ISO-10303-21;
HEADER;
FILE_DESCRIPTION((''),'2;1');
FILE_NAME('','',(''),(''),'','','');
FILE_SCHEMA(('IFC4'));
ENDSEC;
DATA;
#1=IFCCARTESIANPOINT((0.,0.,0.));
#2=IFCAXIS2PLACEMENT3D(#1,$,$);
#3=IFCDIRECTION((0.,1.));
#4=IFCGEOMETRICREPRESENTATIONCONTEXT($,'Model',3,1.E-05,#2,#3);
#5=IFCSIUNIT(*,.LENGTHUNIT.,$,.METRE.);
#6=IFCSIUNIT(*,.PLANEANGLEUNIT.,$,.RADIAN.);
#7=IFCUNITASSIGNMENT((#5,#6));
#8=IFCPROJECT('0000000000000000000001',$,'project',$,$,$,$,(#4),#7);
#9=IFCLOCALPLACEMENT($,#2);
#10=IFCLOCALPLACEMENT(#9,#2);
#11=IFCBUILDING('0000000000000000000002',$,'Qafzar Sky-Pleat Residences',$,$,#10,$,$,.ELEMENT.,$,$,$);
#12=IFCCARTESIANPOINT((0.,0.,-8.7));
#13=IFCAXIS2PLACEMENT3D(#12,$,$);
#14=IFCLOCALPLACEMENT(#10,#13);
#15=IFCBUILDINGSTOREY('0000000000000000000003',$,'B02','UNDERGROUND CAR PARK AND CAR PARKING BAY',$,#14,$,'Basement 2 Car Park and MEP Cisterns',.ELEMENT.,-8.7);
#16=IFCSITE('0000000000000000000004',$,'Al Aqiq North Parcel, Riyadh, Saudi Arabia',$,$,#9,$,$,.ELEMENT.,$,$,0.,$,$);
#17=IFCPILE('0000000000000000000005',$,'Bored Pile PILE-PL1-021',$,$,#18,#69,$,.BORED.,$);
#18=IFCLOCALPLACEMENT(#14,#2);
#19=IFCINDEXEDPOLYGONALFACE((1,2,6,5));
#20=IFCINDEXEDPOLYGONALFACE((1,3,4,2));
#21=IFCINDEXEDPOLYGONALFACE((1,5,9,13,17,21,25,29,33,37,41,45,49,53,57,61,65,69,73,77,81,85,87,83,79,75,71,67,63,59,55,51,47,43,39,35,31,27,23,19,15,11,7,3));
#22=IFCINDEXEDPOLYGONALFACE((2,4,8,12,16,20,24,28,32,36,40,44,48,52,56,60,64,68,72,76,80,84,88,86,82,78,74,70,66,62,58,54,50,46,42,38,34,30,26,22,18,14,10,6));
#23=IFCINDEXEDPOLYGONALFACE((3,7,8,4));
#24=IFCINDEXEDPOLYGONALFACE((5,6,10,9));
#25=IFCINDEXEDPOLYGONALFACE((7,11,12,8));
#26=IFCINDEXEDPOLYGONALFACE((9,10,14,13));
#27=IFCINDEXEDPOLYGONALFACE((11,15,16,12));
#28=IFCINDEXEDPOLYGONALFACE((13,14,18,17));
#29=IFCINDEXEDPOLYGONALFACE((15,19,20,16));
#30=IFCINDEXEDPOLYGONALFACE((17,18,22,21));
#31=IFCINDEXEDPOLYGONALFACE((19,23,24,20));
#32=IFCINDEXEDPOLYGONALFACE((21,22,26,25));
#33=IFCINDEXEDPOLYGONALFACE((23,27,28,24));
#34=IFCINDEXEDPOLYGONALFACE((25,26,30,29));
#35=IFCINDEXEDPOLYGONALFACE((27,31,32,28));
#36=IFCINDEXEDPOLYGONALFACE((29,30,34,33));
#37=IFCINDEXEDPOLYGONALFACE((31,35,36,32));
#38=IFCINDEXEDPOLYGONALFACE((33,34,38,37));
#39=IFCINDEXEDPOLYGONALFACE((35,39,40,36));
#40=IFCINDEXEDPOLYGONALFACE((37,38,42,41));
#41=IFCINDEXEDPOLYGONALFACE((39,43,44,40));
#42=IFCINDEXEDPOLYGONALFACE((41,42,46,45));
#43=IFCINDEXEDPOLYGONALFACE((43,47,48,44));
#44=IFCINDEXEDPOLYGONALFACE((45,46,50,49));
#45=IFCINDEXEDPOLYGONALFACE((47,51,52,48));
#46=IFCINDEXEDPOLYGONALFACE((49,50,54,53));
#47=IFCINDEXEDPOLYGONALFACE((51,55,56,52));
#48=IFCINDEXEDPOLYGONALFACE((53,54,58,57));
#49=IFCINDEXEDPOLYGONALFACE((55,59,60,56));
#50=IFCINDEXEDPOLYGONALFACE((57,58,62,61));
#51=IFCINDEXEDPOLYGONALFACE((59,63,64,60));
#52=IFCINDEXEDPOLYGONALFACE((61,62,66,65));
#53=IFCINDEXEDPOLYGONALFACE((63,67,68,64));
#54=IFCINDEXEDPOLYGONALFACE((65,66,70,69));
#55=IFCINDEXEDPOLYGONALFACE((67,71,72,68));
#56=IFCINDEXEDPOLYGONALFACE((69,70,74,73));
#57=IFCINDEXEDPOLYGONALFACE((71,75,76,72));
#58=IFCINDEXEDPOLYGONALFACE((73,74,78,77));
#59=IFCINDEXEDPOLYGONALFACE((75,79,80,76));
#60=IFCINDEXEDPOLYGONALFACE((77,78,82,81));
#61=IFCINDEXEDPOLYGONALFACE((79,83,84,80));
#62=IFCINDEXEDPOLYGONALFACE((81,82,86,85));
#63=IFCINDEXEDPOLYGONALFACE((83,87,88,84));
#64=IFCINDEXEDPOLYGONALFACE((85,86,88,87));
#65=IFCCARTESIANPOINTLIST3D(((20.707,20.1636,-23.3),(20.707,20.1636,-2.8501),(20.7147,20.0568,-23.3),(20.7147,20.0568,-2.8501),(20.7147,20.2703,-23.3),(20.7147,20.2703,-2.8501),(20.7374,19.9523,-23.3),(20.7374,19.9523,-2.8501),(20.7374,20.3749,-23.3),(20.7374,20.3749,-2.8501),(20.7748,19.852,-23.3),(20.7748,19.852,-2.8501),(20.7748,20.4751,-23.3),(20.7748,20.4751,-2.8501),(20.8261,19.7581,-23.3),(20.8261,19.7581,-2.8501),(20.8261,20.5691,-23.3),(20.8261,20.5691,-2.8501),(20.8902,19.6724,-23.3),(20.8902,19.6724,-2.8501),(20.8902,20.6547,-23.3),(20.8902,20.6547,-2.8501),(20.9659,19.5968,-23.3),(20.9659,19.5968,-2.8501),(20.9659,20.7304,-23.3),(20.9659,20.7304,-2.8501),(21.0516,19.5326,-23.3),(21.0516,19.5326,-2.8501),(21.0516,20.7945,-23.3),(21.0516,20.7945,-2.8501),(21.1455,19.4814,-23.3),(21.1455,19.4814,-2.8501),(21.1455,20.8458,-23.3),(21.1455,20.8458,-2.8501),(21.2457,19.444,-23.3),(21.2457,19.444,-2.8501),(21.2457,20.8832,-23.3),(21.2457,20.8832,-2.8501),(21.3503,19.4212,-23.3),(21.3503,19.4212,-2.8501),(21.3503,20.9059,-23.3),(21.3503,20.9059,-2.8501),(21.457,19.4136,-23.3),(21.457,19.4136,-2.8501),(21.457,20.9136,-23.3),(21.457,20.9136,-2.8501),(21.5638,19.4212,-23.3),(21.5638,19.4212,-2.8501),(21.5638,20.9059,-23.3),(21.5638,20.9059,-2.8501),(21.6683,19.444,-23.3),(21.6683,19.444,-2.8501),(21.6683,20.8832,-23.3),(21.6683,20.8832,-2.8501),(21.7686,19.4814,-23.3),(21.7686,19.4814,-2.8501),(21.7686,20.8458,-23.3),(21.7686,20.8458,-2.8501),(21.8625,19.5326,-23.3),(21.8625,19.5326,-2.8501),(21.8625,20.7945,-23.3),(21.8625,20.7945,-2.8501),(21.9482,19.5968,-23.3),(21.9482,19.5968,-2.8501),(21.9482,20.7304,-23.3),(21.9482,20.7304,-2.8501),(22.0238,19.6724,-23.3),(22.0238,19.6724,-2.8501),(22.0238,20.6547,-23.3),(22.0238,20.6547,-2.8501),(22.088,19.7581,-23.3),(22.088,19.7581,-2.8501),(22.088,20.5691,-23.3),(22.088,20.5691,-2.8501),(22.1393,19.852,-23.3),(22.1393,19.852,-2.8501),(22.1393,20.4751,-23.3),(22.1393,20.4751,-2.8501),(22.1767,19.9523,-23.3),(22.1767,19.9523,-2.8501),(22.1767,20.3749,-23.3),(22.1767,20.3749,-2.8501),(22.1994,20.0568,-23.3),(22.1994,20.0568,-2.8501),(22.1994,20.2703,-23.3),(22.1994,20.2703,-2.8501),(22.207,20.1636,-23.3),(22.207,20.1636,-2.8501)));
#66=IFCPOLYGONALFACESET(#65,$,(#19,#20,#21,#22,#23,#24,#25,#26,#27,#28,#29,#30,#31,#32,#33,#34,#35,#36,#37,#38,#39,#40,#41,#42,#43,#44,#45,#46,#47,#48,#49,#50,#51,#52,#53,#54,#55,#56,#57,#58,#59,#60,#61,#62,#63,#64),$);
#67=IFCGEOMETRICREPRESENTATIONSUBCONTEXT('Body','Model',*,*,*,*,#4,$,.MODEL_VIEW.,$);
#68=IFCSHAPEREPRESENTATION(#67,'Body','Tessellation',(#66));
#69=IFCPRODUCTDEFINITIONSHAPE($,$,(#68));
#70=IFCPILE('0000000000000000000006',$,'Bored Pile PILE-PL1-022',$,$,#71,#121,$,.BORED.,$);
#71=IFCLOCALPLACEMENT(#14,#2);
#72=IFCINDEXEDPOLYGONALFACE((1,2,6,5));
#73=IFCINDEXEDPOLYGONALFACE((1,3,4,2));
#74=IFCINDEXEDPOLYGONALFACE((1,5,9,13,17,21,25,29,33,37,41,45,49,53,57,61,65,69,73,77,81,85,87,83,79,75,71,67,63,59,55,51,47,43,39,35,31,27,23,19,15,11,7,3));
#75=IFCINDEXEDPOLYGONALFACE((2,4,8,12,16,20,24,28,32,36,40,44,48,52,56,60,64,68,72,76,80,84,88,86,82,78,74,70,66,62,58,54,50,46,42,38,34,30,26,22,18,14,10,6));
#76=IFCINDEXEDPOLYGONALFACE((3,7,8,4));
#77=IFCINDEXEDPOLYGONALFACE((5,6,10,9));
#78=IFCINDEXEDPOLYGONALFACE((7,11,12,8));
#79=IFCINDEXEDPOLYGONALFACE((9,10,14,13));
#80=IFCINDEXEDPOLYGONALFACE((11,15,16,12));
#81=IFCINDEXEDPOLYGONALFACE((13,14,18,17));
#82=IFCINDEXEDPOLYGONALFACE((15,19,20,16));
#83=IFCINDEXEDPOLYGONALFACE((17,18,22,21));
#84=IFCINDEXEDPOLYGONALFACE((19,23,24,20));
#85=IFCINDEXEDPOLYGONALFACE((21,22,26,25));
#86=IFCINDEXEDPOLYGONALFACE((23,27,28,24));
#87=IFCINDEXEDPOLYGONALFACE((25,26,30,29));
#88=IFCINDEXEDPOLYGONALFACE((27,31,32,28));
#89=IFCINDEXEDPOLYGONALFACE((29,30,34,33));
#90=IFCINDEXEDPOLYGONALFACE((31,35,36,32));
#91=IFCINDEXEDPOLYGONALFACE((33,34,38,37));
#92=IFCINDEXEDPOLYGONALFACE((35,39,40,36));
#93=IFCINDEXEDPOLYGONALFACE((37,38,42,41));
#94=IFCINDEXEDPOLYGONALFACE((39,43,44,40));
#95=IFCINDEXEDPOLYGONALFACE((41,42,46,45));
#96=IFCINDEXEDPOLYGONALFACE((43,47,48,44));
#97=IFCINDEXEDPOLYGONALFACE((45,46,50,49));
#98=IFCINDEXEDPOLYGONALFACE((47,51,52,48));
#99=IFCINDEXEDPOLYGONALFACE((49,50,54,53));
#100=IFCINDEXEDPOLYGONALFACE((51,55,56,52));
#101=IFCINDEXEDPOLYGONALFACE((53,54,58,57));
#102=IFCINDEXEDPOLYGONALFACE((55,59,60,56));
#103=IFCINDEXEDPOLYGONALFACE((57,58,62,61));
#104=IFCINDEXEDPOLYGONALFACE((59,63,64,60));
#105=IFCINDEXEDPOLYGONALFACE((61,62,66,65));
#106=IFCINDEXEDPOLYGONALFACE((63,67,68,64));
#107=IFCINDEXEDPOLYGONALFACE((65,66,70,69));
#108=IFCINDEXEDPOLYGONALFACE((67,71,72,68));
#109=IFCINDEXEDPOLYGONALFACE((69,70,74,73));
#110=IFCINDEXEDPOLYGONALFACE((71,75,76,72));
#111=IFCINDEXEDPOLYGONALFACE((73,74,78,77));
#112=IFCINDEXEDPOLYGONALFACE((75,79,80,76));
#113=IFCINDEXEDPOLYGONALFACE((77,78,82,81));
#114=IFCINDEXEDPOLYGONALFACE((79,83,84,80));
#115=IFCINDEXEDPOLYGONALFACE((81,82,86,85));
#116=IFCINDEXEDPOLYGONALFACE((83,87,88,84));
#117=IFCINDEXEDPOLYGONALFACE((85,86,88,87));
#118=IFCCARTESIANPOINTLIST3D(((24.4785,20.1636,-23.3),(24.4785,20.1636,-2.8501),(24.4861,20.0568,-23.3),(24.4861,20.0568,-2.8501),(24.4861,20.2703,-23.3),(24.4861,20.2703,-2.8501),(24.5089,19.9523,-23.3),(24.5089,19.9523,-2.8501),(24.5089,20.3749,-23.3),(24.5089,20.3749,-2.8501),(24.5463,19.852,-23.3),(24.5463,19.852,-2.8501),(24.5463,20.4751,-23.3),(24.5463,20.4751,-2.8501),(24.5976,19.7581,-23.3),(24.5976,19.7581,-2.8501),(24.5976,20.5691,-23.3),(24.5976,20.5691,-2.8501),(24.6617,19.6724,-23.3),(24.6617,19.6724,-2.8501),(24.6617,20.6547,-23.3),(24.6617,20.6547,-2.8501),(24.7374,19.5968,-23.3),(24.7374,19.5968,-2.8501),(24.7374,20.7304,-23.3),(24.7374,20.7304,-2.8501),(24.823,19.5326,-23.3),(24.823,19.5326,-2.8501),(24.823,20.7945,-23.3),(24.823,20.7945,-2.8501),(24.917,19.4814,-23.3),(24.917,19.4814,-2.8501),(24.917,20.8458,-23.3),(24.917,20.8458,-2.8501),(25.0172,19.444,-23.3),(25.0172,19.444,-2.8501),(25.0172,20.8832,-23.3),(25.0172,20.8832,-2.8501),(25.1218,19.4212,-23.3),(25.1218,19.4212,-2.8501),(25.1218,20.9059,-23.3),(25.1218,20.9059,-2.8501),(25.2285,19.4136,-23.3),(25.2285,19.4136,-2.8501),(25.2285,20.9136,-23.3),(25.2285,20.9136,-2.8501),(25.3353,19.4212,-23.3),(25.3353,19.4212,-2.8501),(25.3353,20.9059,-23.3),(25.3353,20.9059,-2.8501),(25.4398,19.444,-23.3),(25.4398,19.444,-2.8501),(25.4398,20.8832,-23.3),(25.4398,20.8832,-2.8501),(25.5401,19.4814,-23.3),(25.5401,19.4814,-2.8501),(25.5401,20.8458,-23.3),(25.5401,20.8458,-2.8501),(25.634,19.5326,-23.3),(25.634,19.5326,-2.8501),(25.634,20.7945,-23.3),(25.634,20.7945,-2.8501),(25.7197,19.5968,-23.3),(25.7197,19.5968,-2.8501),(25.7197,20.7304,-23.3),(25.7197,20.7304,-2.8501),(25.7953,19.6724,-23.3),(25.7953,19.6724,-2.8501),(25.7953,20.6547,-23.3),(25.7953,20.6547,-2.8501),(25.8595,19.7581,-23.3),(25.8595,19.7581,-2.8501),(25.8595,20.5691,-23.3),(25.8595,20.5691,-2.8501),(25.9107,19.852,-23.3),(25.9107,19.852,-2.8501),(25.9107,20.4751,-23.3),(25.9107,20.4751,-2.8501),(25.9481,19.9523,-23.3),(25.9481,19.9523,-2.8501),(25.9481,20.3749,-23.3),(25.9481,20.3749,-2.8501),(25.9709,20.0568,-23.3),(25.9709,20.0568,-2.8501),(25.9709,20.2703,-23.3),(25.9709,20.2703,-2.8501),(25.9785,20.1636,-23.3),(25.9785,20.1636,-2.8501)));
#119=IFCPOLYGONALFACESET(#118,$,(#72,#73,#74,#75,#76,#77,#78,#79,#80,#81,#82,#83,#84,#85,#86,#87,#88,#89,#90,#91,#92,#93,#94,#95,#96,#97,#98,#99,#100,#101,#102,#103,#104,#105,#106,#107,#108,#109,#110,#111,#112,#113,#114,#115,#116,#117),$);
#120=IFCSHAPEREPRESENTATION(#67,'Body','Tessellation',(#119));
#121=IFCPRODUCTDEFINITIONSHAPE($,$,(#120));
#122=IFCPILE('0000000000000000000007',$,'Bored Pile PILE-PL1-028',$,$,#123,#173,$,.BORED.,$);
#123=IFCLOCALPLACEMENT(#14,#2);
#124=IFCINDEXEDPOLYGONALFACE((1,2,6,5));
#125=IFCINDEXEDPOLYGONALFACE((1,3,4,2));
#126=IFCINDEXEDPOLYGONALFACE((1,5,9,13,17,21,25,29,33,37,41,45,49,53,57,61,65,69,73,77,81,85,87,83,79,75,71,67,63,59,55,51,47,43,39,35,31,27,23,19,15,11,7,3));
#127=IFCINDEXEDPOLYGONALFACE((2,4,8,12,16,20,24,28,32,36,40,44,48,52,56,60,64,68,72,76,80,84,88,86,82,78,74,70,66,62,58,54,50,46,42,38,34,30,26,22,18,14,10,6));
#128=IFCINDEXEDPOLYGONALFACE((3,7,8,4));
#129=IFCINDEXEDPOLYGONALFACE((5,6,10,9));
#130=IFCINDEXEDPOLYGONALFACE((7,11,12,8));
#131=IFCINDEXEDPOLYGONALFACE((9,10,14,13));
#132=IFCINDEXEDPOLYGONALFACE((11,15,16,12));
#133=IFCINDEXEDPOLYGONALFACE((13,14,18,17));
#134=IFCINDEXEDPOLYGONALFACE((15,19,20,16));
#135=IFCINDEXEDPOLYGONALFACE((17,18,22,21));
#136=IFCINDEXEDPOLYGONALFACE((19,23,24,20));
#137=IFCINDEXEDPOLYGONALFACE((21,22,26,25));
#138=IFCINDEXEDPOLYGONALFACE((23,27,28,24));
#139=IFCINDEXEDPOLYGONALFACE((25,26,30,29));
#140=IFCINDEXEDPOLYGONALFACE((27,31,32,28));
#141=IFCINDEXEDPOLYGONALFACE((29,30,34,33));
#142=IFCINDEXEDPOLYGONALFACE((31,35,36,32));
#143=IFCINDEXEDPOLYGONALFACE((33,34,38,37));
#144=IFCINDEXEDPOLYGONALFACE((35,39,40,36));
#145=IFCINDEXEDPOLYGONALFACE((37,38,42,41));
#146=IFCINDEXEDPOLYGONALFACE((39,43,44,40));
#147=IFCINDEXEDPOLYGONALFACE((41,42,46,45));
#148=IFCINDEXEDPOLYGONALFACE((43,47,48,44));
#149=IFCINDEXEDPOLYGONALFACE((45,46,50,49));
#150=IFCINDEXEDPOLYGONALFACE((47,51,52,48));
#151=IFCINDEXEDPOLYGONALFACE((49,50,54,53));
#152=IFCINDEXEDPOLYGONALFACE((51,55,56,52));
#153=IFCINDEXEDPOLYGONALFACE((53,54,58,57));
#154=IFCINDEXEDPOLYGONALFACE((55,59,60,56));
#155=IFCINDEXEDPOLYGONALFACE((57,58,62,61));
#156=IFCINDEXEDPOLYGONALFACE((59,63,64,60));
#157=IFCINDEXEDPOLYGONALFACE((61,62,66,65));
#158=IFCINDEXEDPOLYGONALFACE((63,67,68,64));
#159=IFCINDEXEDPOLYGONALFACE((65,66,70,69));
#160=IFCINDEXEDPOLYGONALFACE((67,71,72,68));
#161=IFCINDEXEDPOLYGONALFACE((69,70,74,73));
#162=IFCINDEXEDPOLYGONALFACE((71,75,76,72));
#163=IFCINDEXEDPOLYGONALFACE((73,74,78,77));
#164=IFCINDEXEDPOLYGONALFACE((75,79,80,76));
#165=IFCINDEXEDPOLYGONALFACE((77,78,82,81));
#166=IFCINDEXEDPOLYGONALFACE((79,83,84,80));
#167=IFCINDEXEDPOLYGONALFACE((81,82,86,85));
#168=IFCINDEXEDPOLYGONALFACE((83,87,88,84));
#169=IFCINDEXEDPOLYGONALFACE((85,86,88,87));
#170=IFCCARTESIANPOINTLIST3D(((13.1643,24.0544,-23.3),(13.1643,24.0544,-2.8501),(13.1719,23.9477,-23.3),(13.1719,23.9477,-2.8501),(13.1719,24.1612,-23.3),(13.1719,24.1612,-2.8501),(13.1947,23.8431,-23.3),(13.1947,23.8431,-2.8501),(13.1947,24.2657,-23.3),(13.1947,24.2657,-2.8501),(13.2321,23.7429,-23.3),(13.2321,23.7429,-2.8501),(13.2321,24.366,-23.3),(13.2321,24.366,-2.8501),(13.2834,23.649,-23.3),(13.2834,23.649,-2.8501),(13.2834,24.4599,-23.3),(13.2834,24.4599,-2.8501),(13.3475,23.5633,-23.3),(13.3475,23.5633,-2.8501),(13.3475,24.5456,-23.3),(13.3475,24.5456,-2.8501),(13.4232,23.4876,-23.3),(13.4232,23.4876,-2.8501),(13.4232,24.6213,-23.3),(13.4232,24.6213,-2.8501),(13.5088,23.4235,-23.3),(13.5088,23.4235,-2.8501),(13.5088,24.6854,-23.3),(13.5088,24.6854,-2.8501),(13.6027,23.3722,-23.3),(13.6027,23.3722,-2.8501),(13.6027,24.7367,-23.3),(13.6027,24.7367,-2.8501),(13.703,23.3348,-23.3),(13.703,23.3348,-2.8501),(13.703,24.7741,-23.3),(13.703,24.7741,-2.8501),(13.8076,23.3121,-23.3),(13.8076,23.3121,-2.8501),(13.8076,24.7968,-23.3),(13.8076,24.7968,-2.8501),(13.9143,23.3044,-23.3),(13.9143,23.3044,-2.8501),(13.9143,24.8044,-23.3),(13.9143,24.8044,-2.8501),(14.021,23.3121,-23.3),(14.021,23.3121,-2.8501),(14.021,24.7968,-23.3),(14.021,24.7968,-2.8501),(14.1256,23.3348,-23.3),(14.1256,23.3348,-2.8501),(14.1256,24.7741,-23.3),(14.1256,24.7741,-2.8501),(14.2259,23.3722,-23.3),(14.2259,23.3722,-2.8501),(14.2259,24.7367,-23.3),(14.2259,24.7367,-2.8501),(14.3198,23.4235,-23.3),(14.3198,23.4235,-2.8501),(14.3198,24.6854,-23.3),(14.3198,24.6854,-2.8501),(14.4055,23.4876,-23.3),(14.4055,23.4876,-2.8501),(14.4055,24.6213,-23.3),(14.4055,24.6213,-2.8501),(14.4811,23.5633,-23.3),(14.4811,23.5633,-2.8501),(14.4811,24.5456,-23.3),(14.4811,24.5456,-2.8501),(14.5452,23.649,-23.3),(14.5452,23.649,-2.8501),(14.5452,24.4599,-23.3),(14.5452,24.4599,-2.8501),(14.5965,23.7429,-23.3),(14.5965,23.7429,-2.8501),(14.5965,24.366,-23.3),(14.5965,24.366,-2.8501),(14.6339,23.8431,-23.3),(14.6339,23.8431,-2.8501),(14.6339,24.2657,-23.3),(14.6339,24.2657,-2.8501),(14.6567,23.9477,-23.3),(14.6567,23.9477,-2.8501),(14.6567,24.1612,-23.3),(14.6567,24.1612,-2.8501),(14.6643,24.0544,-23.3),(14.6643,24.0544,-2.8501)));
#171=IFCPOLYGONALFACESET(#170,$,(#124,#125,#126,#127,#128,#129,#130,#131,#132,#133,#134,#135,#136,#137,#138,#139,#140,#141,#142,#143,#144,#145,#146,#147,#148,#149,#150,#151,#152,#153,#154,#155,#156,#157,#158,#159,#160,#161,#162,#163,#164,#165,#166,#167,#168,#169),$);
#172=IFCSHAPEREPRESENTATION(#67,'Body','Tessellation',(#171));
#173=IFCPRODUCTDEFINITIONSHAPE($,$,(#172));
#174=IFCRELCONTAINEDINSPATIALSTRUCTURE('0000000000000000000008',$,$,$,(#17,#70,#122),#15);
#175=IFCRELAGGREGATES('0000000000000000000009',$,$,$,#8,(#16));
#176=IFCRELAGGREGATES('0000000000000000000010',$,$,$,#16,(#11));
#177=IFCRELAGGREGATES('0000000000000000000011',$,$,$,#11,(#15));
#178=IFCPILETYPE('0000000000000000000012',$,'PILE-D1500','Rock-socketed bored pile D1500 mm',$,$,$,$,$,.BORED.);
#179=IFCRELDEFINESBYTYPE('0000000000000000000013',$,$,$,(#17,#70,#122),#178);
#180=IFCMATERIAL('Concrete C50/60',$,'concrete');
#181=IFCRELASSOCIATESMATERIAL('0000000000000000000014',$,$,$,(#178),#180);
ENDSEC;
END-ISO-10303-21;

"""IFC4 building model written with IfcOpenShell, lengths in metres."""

from ifc_helpers import new_model, si_unit, direction, frame, origin, origin_2d, place, context, subcontext, project, spatial, circle, extrude, source, transform, mapped, material, material_profile, profile_set, type_object, element, save


model = new_model("IFC4")

# Units and contexts
model_context = context("Model", 3, precision=1e-05, world=origin(), true_north=direction((0.0, 1.0)))
body_context = subcontext(model_context, "Body", "Model", "MODEL_VIEW")
ifc_project = project(units=[si_unit("LENGTHUNIT", "METRE"), si_unit("PLANEANGLEUNIT", "RADIAN")], contexts=[model_context])

# Site, building, storey
site_placement = place(None, origin())
site = spatial("IfcSite", under=ifc_project, at=site_placement, Name="Al Aqiq North Parcel, Riyadh, Saudi Arabia", CompositionType="ELEMENT", RefElevation=0.0)
building_placement = place(site_placement, origin())
building = spatial("IfcBuilding", under=site, at=building_placement, Name="Qafzar Sky-Pleat Residences", CompositionType="ELEMENT")
storey_placement = place(building_placement, frame((0.0, 0.0, -8.7)))
storey = spatial("IfcBuildingStorey", under=building, at=storey_placement, Name="B02", Description="UNDERGROUND CAR PARK AND CAR PARKING BAY", LongName="Basement 2 Car Park and MEP Cisterns", CompositionType="ELEMENT", Elevation=-8.7)

# Piles
ifc_material_1 = material(Name="Concrete C50/60", Category="concrete")
ifc_material_profile_1 = material_profile(ifc_material_1, circle(Radius=0.75, at=origin_2d()), Name="PILE D1500")
ifc_profile_set_1 = profile_set([ifc_material_profile_1], Name="Concrete C50/60")
pile_type_1 = type_object("IfcPileType", Name="PILE-D1500", Description="Rock-socketed bored pile D1500 mm", PredefinedType="BORED", material=ifc_profile_set_1)
shared_shape_1 = source(origin(), body_context, "Body", "SweptSolid", [
    extrude(circle(Radius=0.75, at=origin_2d()), origin(), (0.0, 0.0, 1.0), 20.45),
])
for number, where, z_axis, x_axis, name in (
    (1, (21.457, 20.1636, -2.8501), (0.0, 0.0, -1.0), (1.0, 0.0, 0.0), "Bored Pile PILE-PL1-021"),
    (2, (25.2285, 20.1636, -2.8501), (0.0, 0.0, -1.0), (1.0, 0.0, 0.0), "Bored Pile PILE-PL1-022"),
    (3, (13.9143, 24.0544, -2.8501), (0.0, 0.0, -1.0), (1.0, 0.0, 0.0), "Bored Pile PILE-PL1-028"),
):
    element("IfcPile", number, at=place(storey_placement, frame(where, z_axis=z_axis, x_axis=x_axis)), inside=storey, type_object=pile_type_1, Name=name, PredefinedType="BORED", context=body_context, shape_type="MappedRepresentation", body=[
        mapped(shared_shape_1, transform((0.0, 0.0, 0.0), x_axis=(1.0, 0.0, 0.0), y_axis=(0.0, 1.0, 0.0), z_axis=(0.0, 0.0, 1.0), scale=1.0)),
    ])

save(model, "model.ifc")
